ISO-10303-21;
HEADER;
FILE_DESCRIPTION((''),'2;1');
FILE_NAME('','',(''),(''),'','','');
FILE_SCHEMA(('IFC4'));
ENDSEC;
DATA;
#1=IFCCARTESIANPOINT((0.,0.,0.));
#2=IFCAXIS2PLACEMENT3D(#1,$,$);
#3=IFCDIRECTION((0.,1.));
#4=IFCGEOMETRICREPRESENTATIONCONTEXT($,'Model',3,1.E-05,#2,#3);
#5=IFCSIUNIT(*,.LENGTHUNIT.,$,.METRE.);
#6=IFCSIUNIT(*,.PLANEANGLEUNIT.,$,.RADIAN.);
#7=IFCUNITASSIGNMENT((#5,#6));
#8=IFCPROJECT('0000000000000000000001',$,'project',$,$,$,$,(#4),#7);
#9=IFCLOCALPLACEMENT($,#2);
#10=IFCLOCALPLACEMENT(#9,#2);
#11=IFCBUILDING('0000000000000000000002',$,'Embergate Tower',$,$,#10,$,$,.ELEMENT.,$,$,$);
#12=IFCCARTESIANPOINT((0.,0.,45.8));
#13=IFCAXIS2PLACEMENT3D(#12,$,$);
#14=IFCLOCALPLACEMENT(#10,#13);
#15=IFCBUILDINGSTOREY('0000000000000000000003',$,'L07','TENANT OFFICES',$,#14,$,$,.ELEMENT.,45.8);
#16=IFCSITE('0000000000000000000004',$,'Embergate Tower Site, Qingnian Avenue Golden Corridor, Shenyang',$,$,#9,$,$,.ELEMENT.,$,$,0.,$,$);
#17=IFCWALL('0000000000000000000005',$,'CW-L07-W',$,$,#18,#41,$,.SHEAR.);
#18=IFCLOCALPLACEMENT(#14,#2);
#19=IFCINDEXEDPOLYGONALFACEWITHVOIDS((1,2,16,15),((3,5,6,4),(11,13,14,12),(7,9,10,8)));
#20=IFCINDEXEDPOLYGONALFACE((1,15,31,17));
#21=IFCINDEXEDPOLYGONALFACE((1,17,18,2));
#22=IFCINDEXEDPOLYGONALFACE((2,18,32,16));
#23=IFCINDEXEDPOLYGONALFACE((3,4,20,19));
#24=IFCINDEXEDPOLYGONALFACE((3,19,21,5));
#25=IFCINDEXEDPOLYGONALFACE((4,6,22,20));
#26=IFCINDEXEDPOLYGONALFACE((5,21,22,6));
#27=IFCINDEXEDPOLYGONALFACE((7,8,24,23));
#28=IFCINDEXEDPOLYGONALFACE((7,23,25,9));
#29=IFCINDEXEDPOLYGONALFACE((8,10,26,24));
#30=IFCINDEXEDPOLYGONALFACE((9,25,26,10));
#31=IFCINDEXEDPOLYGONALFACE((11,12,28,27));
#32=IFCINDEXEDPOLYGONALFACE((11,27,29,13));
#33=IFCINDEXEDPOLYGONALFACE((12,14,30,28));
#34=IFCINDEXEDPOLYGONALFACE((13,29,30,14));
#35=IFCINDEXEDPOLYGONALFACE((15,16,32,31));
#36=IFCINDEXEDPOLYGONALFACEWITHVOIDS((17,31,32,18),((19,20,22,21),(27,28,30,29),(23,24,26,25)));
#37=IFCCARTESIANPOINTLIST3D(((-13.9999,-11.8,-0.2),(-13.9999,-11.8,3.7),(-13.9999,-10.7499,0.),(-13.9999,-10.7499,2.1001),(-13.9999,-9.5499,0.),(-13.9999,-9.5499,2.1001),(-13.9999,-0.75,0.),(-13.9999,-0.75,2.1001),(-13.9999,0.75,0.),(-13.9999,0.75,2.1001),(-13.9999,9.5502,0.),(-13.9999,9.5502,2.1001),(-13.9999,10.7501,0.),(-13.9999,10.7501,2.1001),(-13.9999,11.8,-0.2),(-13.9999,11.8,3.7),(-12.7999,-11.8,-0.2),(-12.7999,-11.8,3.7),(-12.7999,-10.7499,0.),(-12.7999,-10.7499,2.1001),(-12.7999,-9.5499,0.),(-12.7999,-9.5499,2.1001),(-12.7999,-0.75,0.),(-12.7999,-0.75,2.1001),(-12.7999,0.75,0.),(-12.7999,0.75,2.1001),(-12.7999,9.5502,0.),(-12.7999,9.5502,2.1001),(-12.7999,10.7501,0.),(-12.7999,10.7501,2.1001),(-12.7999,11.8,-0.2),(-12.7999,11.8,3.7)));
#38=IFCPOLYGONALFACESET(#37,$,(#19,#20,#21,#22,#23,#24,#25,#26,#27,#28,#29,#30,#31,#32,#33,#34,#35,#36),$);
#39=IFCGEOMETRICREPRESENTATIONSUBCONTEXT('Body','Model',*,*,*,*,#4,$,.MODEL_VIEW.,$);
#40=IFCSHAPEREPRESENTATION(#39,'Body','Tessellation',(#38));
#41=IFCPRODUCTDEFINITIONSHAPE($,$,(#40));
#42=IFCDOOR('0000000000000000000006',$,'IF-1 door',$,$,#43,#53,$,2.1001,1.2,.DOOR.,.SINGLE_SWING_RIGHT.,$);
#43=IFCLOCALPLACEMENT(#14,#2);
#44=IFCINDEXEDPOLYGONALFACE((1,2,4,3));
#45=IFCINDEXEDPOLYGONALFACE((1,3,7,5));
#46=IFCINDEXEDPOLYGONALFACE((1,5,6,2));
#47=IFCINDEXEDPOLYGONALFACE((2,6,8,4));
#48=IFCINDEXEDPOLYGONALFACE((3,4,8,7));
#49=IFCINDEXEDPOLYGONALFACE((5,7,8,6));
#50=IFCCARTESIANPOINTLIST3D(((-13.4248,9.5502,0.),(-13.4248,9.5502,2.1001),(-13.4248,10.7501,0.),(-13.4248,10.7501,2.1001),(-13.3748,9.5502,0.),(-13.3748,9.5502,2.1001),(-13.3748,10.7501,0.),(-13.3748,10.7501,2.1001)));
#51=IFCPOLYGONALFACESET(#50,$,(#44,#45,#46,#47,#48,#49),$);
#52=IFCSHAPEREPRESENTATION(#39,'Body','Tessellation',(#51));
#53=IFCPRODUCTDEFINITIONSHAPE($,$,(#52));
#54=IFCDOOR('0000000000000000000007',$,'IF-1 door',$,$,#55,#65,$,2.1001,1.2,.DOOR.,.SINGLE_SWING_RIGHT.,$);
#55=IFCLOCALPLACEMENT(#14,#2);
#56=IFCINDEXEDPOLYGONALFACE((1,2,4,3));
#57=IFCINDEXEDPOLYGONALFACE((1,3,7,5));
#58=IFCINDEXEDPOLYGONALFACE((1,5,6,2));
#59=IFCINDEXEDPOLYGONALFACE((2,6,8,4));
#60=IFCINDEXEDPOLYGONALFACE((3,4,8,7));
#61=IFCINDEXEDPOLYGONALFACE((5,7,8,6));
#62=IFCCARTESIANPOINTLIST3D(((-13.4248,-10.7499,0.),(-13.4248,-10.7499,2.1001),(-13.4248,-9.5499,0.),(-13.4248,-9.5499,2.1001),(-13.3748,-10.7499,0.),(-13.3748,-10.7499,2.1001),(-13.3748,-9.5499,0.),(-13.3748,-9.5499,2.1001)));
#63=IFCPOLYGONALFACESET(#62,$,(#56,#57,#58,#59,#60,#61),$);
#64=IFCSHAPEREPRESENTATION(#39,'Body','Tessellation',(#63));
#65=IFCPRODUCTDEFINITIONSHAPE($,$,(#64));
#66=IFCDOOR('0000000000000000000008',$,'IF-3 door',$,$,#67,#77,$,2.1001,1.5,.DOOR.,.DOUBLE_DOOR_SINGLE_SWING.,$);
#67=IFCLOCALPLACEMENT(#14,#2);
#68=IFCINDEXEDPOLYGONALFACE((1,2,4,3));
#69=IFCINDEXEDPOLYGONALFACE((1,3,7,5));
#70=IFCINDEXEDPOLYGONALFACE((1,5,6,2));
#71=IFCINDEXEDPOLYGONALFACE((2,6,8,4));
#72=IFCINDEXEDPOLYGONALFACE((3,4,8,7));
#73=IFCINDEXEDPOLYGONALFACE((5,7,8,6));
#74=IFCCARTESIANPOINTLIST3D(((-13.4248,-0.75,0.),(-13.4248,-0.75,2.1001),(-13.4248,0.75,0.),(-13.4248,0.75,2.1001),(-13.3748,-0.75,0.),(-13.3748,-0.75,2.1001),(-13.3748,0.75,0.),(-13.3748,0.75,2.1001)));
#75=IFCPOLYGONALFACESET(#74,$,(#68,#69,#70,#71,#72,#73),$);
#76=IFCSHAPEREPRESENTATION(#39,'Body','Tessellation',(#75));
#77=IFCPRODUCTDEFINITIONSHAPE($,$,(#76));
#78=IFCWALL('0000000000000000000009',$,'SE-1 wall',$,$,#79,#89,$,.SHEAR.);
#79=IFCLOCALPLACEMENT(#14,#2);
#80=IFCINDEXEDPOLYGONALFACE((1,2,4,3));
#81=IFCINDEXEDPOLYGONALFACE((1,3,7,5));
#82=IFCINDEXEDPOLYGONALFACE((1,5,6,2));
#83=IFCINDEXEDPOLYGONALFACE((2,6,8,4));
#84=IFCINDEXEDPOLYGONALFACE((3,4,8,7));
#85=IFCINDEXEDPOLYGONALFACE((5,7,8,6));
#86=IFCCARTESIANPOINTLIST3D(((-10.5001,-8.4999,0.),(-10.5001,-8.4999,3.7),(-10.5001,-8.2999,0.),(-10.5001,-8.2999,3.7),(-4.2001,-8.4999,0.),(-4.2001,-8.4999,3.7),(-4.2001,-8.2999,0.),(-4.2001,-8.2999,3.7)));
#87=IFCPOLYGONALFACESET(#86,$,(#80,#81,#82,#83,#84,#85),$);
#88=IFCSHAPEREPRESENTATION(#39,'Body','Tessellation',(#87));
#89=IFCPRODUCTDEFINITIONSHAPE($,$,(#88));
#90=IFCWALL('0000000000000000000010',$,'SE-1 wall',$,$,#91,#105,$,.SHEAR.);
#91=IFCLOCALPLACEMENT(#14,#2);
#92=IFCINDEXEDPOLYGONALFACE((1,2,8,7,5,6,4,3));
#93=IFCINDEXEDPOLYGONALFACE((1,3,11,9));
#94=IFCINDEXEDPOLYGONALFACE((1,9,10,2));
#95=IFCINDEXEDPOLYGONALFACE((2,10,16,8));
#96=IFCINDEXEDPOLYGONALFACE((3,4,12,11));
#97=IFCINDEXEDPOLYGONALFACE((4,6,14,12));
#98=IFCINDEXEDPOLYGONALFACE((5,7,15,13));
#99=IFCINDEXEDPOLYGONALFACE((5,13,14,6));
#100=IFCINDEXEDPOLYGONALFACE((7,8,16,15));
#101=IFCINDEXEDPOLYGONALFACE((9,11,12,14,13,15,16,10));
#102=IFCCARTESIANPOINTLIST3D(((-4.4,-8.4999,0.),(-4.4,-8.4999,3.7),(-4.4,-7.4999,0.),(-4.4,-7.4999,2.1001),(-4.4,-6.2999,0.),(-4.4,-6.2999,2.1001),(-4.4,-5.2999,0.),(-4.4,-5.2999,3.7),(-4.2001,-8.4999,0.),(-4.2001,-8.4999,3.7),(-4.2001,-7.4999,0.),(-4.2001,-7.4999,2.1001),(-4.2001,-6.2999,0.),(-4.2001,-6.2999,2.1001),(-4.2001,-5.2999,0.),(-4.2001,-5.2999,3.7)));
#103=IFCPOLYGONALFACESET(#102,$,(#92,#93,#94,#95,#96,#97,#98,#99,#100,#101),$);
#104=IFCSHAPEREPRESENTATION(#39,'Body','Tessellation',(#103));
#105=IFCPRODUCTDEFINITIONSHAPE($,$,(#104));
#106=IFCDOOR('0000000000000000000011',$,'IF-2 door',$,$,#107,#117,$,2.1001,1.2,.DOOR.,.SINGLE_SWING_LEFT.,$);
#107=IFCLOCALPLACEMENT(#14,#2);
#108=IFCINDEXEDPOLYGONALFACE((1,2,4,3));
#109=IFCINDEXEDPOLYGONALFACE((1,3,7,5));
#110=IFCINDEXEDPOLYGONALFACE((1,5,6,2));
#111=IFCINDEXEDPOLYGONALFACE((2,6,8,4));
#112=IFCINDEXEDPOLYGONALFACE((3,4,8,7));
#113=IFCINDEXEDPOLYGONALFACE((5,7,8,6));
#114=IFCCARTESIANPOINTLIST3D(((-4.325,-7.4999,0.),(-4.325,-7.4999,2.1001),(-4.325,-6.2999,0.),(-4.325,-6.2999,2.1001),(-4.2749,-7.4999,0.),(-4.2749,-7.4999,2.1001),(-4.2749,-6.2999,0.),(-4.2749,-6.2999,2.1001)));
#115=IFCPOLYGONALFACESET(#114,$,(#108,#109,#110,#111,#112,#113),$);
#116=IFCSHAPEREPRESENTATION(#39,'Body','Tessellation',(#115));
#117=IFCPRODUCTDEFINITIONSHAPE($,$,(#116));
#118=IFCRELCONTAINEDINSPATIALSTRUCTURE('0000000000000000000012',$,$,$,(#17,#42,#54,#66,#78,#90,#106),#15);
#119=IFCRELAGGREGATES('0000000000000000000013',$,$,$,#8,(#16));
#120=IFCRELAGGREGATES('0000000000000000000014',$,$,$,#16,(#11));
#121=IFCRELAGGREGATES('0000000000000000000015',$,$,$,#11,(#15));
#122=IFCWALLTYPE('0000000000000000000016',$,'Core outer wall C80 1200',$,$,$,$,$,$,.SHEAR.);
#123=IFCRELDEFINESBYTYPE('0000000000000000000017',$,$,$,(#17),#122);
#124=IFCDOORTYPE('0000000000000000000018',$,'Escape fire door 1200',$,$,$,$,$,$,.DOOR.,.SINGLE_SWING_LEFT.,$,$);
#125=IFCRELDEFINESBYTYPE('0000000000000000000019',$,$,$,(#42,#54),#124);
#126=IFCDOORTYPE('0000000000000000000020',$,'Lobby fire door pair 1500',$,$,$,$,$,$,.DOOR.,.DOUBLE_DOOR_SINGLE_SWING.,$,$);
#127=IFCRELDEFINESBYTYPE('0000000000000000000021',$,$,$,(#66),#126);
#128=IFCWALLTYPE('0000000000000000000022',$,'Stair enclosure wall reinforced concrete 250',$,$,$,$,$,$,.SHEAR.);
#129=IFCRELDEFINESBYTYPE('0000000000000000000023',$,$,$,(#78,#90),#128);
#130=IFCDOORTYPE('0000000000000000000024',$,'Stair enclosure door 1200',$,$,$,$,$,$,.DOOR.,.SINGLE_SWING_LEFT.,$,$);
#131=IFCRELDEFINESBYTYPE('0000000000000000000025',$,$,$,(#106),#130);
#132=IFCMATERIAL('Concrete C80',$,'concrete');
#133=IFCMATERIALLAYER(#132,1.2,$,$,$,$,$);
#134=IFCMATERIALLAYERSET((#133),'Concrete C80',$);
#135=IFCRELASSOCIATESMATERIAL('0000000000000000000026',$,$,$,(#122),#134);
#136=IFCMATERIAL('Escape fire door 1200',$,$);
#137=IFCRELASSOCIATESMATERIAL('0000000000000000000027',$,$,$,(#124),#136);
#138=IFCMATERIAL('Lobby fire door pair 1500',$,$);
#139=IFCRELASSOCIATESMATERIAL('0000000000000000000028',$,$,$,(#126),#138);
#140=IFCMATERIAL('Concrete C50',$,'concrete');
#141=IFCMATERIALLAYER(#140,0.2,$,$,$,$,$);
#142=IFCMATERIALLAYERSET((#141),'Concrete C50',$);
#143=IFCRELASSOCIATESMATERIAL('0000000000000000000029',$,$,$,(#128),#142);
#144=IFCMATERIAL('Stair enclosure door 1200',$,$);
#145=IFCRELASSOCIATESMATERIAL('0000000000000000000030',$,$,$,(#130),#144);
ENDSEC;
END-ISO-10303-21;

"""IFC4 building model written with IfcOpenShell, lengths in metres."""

from ifc_helpers import new_model, si_unit, direction, frame, frame_2d, origin, place, context, subcontext, project, spatial, rectangle, extrude, source, transform, mapped, material, layer, layer_set, type_object, element, fill, save


model = new_model("IFC4")

# Units and contexts
model_context = context("Model", 3, precision=1e-05, world=origin(), true_north=direction((0.0, 1.0)))
body_context = subcontext(model_context, "Body", "Model", "MODEL_VIEW")
ifc_project = project(units=[si_unit("LENGTHUNIT", "METRE"), si_unit("PLANEANGLEUNIT", "RADIAN")], contexts=[model_context])

# Site, building, storey
site_placement = place(None, origin())
site = spatial("IfcSite", under=ifc_project, at=site_placement, Name="Embergate Tower Site, Qingnian Avenue Golden Corridor, Shenyang", CompositionType="ELEMENT", RefElevation=0.0)
building_placement = place(site_placement, origin())
building = spatial("IfcBuilding", under=site, at=building_placement, Name="Embergate Tower", CompositionType="ELEMENT")
storey_placement = place(building_placement, frame((0.0, 0.0, 45.8)))
storey = spatial("IfcBuildingStorey", under=building, at=storey_placement, Name="L07", Description="TENANT OFFICES", CompositionType="ELEMENT", Elevation=45.8)

# Shared definitions
ifc_material_1 = material(Name="Concrete C80", Category="concrete")
ifc_layer_1 = layer(ifc_material_1, 1.2)
ifc_layer_set_1 = layer_set([ifc_layer_1], Name="Concrete C80")
wall_type_1 = type_object("IfcWallType", Name="Core outer wall C80 1200", PredefinedType="SHEAR", material=ifc_layer_set_1)

# Wall, openings, doors
shared_shape_1 = source(origin(), body_context, "Body", "SweptSolid", [
    extrude(rectangle(XDim=23.6001, YDim=1.2, at=frame_2d((11.8, 0.0))), origin(), (0.0, 0.0, 1.0), 3.8999),
])
wall_1_placement = place(storey_placement, frame((-13.3999, -11.8, -0.2), z_axis=(0.0, 0.0, 1.0), x_axis=(0.0, 1.0, 0.0)))
wall_1 = element("IfcWall", 1, at=wall_1_placement, inside=storey, type_object=wall_type_1, Name="CW-L07-W", PredefinedType="SHEAR", context=body_context, shape_type="MappedRepresentation", body=[
    mapped(shared_shape_1, transform((0.0, 0.0, 0.0))),
])
shared_shape_2 = source(origin(), body_context, "Body", "SweptSolid", [
    extrude(rectangle(XDim=1.2, YDim=2.1001, at=frame_2d((0.6001, 1.05))), frame((0.0, 0.6099, 0.0), z_axis=(0.0, -1.0, 0.0), x_axis=(1.0, 0.0, 0.0)), (0.0, 0.0, 1.0), 1.22),
])
opening_1_placement = place(wall_1_placement, frame((21.3501, 0.0, 0.2)))
opening_1 = element("IfcOpeningElement", 2, at=opening_1_placement, cuts=wall_1, PredefinedType="OPENING", context=body_context, shape_type="MappedRepresentation", body=[
    mapped(shared_shape_2, transform((0.0, 0.0, 0.0))),
])
opening_2_placement = place(wall_1_placement, frame((1.05, 0.0, 0.2)))
opening_2 = element("IfcOpeningElement", 3, at=opening_2_placement, cuts=wall_1, PredefinedType="OPENING", context=body_context, shape_type="MappedRepresentation", body=[
    mapped(shared_shape_2, transform((0.0, 0.0, 0.0))),
])
shared_shape_3 = source(origin(), body_context, "Body", "SweptSolid", [
    extrude(rectangle(XDim=1.5, YDim=2.1001, at=frame_2d((0.75, 1.05))), frame((0.0, 0.6099, 0.0), z_axis=(0.0, -1.0, 0.0), x_axis=(1.0, 0.0, 0.0)), (0.0, 0.0, 1.0), 1.22),
])
opening_3_placement = place(wall_1_placement, frame((11.05, 0.0, 0.2)))
opening_3 = element("IfcOpeningElement", 4, at=opening_3_placement, cuts=wall_1, PredefinedType="OPENING", context=body_context, shape_type="MappedRepresentation", body=[
    mapped(shared_shape_3, transform((0.0, 0.0, 0.0))),
])
ifc_material_2 = material(Name="Escape fire door 1200")
door_type_1 = type_object("IfcDoorType", Name="Escape fire door 1200", OperationType="SINGLE_SWING_LEFT", PredefinedType="DOOR", material=ifc_material_2)
shared_shape_4 = source(origin(), body_context, "Body", "SweptSolid", [
    extrude(rectangle(XDim=1.2, YDim=2.1001, at=frame_2d((0.6001, 1.05))), frame((0.0, 0.0249, 0.0), z_axis=(0.0, -1.0, 0.0), x_axis=(1.0, 0.0, 0.0)), (0.0, 0.0, 1.0), 0.05),
])
door_1_placement = place(opening_1_placement, origin())
door_1 = element("IfcDoor", 5, at=door_1_placement, inside=storey, type_object=door_type_1, Name="IF-1 door", OperationType="SINGLE_SWING_RIGHT", OverallHeight=2.1001, OverallWidth=1.2, PredefinedType="DOOR", context=body_context, shape_type="MappedRepresentation", body=[
    mapped(shared_shape_4, transform((0.0, 0.0, 0.0))),
])
fill(opening_1, door_1)
door_2_placement = place(opening_2_placement, origin())
door_2 = element("IfcDoor", 6, at=door_2_placement, inside=storey, type_object=door_type_1, Name="IF-1 door", OperationType="SINGLE_SWING_RIGHT", OverallHeight=2.1001, OverallWidth=1.2, PredefinedType="DOOR", context=body_context, shape_type="MappedRepresentation", body=[
    mapped(shared_shape_4, transform((0.0, 0.0, 0.0))),
])
fill(opening_2, door_2)
ifc_material_3 = material(Name="Lobby fire door pair 1500")
door_type_2 = type_object("IfcDoorType", Name="Lobby fire door pair 1500", OperationType="DOUBLE_DOOR_SINGLE_SWING", PredefinedType="DOOR", material=ifc_material_3)
shared_shape_5 = source(origin(), body_context, "Body", "SweptSolid", [
    extrude(rectangle(XDim=1.5, YDim=2.1001, at=frame_2d((0.75, 1.05))), frame((0.0, 0.0249, 0.0), z_axis=(0.0, -1.0, 0.0), x_axis=(1.0, 0.0, 0.0)), (0.0, 0.0, 1.0), 0.05),
])
door_3_placement = place(opening_3_placement, origin())
door_3 = element("IfcDoor", 7, at=door_3_placement, inside=storey, type_object=door_type_2, Name="IF-3 door", OperationType="DOUBLE_DOOR_SINGLE_SWING", OverallHeight=2.1001, OverallWidth=1.5, PredefinedType="DOOR", context=body_context, shape_type="MappedRepresentation", body=[
    mapped(shared_shape_5, transform((0.0, 0.0, 0.0))),
])
fill(opening_3, door_3)

# Wall
ifc_material_4 = material(Name="Concrete C50", Category="concrete")
ifc_layer_2 = layer(ifc_material_4, 0.2)
ifc_layer_set_2 = layer_set([ifc_layer_2], Name="Concrete C50")
wall_type_2 = type_object("IfcWallType", Name="Stair enclosure wall reinforced concrete 250", PredefinedType="SHEAR", material=ifc_layer_set_2)
shared_shape_6 = source(origin(), body_context, "Body", "SweptSolid", [
    extrude(rectangle(XDim=6.3, YDim=0.2, at=frame_2d((3.1499, 0.0))), origin(), (0.0, 0.0, 1.0), 3.7),
])
wall_2_placement = place(storey_placement, frame((-10.5, -8.3999, 0.0), z_axis=(0.0, 0.0, 1.0), x_axis=(1.0, 0.0, 0.0)))
element("IfcWall", 8, at=wall_2_placement, inside=storey, type_object=wall_type_2, Name="SE-1 wall", PredefinedType="SHEAR", context=body_context, shape_type="MappedRepresentation", body=[
    mapped(shared_shape_6, transform((0.0, 0.0, 0.0))),
])

# Wall, opening, door
shared_shape_7 = source(origin(), body_context, "Body", "SweptSolid", [
    extrude(rectangle(XDim=3.2, YDim=0.2, at=frame_2d((1.6001, 0.0))), origin(), (0.0, 0.0, 1.0), 3.7),
])
wall_3_placement = place(storey_placement, frame((-4.3, -8.5, 0.0), z_axis=(0.0, 0.0, 1.0), x_axis=(0.0, 1.0, 0.0)))
wall_3 = element("IfcWall", 9, at=wall_3_placement, inside=storey, type_object=wall_type_2, Name="SE-1 wall", PredefinedType="SHEAR", context=body_context, shape_type="MappedRepresentation", body=[
    mapped(shared_shape_7, transform((0.0, 0.0, 0.0))),
])
shared_shape_8 = source(origin(), body_context, "Body", "SweptSolid", [
    extrude(rectangle(XDim=1.2, YDim=2.1001, at=frame_2d((0.6001, 1.05))), frame((0.0, 0.1099, 0.0), z_axis=(0.0, -1.0, 0.0), x_axis=(1.0, 0.0, 0.0)), (0.0, 0.0, 1.0), 0.22),
])
opening_4_placement = place(wall_3_placement, frame((1.0, 0.0, 0.0)))
opening_4 = element("IfcOpeningElement", 10, at=opening_4_placement, cuts=wall_3, PredefinedType="OPENING", context=body_context, shape_type="MappedRepresentation", body=[
    mapped(shared_shape_8, transform((0.0, 0.0, 0.0))),
])
ifc_material_5 = material(Name="Stair enclosure door 1200")
door_type_3 = type_object("IfcDoorType", Name="Stair enclosure door 1200", OperationType="SINGLE_SWING_LEFT", PredefinedType="DOOR", material=ifc_material_5)
door_4_placement = place(opening_4_placement, origin())
door_4 = element("IfcDoor", 11, at=door_4_placement, inside=storey, type_object=door_type_3, Name="IF-2 door", OperationType="SINGLE_SWING_LEFT", OverallHeight=2.1001, OverallWidth=1.2, PredefinedType="DOOR", context=body_context, shape_type="MappedRepresentation", body=[
    mapped(shared_shape_4, transform((0.0, 0.0, 0.0))),
])
fill(opening_4, door_4)

save(model, "model.ifc")
